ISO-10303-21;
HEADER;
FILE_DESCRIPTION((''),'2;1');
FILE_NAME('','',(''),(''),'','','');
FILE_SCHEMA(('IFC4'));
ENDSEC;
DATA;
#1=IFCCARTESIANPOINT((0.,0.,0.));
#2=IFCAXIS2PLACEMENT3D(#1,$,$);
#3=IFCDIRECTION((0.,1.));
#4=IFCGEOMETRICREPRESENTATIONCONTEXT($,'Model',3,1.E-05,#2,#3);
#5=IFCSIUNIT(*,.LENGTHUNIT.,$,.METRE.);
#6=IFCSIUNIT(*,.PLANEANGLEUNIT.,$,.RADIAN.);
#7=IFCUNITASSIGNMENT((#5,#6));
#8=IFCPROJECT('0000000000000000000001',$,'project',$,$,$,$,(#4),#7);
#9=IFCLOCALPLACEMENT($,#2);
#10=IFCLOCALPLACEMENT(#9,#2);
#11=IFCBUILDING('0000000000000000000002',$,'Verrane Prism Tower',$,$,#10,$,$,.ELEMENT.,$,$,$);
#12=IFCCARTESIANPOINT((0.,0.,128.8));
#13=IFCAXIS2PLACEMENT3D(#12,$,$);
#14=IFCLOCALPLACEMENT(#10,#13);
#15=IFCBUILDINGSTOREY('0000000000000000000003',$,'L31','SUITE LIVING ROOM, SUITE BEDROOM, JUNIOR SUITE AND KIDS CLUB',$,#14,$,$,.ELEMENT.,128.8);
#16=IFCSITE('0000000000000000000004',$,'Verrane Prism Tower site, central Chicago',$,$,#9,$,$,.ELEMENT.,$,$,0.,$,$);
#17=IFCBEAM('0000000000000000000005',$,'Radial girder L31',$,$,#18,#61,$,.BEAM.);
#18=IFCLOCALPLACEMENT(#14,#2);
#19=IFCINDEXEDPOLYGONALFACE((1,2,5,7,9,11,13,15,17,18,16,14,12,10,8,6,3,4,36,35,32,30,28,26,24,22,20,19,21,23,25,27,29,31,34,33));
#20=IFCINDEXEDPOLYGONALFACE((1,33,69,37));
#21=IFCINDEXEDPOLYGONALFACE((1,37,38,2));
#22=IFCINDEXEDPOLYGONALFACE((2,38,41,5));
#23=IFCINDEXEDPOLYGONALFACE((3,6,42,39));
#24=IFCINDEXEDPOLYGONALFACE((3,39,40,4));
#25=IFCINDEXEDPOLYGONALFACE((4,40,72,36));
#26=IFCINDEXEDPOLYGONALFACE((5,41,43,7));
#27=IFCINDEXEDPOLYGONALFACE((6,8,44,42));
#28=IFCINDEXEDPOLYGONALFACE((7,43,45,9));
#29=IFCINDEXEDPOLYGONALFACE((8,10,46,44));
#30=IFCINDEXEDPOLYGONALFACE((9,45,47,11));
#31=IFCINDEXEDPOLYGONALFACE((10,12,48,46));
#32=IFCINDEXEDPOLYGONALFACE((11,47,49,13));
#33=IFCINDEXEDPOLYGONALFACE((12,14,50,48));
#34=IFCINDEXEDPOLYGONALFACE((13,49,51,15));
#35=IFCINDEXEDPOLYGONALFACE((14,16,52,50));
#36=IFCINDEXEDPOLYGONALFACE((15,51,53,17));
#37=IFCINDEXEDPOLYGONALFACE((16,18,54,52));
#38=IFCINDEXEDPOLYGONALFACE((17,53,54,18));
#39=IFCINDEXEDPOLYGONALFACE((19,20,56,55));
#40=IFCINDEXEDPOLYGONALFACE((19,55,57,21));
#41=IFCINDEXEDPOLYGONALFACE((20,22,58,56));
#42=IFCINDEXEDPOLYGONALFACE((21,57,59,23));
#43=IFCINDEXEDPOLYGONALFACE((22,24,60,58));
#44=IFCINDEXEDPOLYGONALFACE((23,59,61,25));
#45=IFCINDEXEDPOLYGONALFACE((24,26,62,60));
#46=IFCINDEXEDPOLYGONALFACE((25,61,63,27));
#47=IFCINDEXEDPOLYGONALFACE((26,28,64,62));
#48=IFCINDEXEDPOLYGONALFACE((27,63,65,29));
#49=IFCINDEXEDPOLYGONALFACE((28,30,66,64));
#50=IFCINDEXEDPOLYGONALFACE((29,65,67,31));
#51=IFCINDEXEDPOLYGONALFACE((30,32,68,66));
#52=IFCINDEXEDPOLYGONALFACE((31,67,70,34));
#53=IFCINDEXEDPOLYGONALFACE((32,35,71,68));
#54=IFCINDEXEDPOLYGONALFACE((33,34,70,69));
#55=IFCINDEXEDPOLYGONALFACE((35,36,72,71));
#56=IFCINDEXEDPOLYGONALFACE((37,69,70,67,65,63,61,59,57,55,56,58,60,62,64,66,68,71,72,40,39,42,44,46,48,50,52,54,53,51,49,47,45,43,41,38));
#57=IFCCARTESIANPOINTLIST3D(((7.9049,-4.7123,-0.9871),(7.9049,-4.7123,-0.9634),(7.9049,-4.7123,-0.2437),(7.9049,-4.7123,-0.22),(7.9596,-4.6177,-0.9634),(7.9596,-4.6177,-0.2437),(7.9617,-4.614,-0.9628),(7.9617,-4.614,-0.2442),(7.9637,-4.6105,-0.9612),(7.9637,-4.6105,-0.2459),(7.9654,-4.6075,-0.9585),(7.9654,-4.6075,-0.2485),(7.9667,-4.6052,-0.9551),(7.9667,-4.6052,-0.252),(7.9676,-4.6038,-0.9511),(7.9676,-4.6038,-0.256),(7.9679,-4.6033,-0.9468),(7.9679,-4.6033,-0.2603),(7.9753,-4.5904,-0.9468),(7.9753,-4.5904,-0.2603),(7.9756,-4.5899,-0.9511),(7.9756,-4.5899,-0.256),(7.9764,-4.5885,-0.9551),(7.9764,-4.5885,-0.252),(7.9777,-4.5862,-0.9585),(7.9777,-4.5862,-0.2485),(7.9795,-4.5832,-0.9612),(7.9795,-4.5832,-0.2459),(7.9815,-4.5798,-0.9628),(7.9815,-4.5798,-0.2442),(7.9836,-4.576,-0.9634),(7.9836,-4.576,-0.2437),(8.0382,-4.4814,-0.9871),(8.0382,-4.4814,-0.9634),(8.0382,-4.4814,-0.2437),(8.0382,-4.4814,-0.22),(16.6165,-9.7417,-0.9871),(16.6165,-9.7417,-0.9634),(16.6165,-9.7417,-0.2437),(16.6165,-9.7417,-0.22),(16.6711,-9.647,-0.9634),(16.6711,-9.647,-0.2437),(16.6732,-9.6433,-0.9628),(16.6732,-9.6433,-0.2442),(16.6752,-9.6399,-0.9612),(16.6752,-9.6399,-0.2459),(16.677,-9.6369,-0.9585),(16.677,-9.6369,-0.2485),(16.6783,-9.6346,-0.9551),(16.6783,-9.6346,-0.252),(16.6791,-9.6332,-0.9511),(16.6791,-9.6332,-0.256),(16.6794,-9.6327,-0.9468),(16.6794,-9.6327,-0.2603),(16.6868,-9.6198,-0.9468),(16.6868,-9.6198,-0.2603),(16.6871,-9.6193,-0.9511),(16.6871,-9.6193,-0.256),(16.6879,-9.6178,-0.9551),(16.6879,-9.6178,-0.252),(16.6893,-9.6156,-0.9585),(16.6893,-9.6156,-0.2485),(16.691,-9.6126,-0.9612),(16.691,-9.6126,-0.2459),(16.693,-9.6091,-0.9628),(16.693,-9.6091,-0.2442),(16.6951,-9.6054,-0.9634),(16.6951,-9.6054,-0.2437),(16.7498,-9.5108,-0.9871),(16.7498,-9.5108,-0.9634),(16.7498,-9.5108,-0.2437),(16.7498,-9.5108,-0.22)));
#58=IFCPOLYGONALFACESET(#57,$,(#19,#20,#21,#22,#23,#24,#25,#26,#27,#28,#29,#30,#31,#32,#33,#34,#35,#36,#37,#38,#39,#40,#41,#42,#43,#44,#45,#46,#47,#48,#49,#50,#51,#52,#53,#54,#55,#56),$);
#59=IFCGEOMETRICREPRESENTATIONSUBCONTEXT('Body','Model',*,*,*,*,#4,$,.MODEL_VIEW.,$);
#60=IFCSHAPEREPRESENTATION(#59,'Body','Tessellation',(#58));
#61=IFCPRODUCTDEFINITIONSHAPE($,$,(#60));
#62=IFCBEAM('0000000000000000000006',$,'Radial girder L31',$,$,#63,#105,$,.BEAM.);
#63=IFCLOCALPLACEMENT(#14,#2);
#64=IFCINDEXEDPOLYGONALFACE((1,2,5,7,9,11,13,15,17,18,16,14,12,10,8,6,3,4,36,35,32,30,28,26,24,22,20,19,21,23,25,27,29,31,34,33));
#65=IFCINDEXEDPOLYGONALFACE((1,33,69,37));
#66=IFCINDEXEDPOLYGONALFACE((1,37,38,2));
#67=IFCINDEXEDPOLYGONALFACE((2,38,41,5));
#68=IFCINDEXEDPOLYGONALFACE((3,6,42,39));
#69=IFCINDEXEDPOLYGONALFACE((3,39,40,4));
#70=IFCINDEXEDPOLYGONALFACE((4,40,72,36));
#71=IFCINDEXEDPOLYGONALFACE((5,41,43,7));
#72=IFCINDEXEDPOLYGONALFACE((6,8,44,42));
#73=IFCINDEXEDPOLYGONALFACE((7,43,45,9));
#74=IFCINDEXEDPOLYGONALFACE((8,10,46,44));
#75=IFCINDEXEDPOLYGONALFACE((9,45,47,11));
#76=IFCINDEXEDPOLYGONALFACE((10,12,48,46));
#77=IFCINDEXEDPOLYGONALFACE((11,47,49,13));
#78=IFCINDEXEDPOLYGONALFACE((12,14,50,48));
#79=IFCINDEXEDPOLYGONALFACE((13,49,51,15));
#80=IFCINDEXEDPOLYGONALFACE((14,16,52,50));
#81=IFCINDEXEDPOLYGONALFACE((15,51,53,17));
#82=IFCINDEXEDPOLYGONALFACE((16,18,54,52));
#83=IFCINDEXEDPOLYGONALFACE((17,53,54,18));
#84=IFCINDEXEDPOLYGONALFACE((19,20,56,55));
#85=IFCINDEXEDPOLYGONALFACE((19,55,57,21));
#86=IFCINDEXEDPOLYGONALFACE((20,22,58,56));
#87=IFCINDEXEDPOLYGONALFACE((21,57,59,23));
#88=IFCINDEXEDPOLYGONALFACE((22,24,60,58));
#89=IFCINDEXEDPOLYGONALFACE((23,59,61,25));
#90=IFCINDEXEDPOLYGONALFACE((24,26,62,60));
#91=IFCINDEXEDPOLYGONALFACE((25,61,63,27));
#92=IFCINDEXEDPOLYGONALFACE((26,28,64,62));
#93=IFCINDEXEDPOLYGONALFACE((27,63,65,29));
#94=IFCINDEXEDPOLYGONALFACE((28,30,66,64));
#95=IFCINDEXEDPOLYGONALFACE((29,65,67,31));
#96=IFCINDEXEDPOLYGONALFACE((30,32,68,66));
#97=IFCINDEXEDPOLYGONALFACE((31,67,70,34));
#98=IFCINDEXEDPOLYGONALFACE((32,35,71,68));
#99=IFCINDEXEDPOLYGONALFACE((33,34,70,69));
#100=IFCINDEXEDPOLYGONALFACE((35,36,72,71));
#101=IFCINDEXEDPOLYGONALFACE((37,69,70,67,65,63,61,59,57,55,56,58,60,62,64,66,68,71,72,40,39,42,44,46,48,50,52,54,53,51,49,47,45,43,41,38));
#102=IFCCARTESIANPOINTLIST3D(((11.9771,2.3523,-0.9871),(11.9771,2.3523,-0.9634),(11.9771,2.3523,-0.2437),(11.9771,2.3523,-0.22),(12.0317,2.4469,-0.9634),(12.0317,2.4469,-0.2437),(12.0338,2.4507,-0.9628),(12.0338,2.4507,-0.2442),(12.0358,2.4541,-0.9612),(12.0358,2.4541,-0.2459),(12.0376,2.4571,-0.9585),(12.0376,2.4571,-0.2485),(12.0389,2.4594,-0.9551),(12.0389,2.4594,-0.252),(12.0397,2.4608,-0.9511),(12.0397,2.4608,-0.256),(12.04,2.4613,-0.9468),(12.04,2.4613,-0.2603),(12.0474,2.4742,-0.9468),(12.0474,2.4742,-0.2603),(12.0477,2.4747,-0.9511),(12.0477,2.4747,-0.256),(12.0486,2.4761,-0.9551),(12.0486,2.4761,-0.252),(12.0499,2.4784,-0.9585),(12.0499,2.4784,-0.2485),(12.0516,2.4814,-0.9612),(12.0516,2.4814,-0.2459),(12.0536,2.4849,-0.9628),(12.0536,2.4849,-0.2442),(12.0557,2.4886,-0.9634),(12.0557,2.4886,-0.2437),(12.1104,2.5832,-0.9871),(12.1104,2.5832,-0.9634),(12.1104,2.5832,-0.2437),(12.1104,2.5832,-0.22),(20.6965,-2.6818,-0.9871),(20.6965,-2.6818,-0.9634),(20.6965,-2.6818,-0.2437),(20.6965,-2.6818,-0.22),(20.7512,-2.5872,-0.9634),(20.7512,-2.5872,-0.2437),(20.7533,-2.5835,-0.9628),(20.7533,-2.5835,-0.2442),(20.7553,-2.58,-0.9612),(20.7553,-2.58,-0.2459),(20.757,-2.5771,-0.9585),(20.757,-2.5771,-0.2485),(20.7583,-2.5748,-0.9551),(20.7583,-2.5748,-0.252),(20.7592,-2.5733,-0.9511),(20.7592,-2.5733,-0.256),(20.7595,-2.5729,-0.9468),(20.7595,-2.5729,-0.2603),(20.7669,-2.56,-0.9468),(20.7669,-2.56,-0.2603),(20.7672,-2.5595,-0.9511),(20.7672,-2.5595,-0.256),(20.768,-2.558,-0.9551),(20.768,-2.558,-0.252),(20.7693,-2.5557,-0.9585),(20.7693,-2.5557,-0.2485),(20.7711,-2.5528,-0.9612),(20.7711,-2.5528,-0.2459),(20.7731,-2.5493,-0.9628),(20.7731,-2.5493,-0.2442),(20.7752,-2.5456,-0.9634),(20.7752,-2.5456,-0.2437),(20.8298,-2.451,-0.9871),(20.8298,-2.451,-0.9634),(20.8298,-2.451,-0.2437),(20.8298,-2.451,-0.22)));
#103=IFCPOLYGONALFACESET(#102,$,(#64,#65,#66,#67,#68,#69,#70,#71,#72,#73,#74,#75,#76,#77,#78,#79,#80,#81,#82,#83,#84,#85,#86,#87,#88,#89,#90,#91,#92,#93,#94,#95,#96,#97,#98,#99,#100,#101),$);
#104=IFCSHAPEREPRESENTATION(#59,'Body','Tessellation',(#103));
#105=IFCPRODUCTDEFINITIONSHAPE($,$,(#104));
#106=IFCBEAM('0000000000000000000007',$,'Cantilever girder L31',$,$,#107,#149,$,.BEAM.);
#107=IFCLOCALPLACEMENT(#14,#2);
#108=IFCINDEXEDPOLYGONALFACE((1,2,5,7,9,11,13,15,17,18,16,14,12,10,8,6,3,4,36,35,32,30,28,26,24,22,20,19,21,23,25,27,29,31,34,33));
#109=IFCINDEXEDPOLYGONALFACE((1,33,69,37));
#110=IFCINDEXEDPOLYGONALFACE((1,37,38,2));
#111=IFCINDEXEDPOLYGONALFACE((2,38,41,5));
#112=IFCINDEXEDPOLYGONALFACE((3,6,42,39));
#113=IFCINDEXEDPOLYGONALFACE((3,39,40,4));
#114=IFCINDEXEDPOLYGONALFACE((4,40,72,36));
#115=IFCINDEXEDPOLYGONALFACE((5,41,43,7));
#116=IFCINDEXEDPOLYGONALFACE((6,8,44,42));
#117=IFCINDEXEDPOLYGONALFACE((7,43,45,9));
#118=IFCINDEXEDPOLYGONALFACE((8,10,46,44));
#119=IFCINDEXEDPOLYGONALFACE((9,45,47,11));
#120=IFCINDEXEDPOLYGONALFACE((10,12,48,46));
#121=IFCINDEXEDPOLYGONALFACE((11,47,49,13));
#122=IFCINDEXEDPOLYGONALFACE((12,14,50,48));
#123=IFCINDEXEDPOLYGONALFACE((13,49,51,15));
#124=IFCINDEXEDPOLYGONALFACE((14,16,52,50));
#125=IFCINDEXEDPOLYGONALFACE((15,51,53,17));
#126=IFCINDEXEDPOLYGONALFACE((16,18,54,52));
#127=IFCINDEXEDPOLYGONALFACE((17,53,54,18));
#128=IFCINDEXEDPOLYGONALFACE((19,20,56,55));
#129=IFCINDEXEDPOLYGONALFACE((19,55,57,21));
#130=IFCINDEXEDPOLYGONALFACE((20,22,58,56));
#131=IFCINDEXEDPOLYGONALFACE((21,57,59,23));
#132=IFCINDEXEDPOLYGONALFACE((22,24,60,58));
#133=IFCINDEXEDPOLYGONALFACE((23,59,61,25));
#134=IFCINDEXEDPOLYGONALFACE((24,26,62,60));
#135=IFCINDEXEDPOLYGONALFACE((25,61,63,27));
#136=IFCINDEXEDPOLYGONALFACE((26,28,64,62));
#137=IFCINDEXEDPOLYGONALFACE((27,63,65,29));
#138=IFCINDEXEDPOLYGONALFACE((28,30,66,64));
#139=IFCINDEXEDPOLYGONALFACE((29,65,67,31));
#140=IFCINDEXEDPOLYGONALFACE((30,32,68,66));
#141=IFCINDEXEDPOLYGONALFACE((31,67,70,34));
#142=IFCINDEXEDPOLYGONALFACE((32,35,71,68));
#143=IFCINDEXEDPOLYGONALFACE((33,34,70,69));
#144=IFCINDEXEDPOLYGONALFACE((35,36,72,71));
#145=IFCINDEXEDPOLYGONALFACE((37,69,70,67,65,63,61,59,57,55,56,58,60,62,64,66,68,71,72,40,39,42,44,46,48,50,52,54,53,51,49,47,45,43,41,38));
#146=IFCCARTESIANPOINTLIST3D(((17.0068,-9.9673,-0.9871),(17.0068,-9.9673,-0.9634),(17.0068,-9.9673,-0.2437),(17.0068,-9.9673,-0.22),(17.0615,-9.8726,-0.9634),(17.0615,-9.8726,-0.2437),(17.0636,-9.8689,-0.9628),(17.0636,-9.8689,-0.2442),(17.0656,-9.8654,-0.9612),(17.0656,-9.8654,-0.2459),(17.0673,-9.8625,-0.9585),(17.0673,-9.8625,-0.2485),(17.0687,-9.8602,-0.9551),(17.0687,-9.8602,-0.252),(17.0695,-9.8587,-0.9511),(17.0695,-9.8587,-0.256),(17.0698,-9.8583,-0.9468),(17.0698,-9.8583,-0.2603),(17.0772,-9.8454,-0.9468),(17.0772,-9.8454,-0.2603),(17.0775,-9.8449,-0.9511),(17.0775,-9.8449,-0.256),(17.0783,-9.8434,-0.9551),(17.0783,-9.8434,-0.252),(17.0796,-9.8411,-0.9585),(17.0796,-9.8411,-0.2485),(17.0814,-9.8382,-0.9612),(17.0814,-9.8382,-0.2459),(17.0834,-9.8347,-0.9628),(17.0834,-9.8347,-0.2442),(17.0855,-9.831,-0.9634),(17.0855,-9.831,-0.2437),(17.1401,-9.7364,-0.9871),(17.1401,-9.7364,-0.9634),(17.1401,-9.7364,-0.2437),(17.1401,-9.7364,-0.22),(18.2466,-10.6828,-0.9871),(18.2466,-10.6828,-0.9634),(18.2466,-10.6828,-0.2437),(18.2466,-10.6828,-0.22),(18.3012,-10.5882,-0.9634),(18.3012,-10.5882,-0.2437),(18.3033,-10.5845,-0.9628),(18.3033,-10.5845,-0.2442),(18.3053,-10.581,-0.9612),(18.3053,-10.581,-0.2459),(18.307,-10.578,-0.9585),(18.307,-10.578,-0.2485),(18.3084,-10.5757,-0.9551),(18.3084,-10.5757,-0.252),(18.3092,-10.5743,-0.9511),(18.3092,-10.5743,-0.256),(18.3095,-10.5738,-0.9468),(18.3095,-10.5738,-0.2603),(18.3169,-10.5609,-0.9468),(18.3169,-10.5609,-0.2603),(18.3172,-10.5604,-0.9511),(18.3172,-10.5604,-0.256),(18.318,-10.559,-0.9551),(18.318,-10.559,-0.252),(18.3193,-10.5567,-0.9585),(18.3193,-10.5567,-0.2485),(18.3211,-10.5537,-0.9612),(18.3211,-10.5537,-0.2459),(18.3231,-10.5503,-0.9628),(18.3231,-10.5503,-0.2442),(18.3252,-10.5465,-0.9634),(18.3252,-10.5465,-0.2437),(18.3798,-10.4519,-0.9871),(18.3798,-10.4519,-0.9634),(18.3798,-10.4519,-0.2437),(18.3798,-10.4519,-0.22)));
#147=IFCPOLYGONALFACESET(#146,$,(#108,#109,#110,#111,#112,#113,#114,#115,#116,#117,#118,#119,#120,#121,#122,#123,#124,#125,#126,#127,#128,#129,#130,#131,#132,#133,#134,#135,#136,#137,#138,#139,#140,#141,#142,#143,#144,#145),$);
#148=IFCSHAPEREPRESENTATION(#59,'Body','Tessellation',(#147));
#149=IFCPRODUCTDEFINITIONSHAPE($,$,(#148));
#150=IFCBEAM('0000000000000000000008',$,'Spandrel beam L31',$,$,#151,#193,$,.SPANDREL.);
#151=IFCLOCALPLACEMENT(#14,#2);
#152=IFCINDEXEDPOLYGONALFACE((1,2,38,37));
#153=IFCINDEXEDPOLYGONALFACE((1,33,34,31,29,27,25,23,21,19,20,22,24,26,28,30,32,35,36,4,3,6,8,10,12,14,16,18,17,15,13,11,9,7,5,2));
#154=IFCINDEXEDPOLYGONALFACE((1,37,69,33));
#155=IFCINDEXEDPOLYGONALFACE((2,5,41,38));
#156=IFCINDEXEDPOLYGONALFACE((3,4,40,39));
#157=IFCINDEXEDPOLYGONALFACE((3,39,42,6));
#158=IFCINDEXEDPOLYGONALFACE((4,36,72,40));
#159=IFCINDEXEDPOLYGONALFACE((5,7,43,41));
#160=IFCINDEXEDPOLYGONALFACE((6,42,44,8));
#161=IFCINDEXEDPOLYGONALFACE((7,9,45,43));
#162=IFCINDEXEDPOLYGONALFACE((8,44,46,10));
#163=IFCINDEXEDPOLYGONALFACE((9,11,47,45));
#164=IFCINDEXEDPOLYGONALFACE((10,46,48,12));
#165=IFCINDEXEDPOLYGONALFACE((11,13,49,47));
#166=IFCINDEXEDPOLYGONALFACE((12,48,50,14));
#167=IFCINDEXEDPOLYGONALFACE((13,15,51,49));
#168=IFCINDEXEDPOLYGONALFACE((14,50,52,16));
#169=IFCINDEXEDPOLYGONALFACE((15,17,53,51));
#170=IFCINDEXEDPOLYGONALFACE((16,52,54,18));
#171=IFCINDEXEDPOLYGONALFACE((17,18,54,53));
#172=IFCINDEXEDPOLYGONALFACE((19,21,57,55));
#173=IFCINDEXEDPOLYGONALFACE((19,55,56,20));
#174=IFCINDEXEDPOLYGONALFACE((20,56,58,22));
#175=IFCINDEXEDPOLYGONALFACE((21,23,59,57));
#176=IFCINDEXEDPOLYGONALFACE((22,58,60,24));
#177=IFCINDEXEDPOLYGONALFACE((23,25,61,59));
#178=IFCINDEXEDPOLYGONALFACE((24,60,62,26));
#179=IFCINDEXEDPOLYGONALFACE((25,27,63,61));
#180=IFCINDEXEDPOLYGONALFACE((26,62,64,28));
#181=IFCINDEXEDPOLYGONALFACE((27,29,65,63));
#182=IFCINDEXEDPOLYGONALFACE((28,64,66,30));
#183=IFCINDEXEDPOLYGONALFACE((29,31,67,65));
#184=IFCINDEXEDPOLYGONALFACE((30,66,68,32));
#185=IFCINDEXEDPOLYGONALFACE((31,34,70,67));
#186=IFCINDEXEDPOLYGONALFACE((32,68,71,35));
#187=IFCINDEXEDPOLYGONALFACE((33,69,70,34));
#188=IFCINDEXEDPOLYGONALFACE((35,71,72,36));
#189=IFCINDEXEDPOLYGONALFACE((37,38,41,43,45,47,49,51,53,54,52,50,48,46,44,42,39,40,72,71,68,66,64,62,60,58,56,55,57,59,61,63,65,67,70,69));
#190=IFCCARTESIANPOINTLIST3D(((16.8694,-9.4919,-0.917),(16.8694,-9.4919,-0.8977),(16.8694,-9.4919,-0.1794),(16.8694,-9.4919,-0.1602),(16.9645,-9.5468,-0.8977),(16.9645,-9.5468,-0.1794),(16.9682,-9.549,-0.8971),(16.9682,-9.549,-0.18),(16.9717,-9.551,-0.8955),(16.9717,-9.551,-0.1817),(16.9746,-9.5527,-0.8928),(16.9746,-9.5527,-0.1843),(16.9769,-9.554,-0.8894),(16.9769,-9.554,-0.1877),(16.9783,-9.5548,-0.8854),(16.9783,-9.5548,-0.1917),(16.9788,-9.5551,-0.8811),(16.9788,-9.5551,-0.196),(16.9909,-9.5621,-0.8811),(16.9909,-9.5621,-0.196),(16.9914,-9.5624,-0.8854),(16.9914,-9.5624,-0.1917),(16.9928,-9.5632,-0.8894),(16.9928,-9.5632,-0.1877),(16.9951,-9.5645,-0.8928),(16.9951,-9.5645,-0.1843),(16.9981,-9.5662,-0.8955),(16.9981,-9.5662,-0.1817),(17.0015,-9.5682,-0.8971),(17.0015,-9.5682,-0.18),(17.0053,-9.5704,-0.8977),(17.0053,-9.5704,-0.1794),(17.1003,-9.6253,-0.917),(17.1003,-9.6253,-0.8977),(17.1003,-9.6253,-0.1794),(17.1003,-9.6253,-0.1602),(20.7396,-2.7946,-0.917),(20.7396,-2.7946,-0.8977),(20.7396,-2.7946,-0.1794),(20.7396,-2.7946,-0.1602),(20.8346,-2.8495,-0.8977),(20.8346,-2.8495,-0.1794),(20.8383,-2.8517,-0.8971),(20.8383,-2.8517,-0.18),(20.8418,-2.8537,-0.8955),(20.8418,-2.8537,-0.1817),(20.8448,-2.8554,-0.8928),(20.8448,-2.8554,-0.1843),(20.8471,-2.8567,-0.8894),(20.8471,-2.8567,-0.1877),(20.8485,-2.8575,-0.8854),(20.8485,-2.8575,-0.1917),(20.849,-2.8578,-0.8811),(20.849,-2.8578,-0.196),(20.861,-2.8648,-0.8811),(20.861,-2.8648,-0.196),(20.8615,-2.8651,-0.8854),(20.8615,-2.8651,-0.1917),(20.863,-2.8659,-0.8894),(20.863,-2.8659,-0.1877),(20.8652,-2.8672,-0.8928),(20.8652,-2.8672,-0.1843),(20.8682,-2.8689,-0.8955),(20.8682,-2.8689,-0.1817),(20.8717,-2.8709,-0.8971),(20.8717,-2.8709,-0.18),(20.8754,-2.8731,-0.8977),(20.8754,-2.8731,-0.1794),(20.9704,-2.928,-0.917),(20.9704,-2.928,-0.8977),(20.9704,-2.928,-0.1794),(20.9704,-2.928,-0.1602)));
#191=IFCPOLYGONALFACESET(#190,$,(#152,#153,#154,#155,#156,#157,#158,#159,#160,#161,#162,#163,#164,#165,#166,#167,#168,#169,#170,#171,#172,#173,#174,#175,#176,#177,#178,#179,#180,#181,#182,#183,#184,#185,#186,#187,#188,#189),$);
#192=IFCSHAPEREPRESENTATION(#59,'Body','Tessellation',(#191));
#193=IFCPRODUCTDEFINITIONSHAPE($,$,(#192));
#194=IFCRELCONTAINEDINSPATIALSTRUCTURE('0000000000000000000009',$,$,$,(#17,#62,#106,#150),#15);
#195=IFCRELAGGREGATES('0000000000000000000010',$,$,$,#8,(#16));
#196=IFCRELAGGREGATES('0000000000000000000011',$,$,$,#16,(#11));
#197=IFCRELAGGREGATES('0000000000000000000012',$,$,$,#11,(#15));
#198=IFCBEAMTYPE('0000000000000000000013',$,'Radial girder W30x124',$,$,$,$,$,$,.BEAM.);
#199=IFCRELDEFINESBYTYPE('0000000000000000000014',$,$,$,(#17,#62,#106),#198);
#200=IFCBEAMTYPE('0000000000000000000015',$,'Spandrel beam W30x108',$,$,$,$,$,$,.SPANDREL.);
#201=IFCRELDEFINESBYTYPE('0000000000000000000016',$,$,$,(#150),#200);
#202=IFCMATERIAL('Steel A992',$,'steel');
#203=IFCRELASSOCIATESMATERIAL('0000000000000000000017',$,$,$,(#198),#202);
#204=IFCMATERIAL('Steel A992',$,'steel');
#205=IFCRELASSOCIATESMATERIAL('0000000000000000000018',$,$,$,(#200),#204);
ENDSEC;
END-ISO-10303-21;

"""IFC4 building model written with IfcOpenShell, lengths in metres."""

from ifc_helpers import new_model, si_unit, direction, frame, origin, origin_2d, place, context, subcontext, project, spatial, i_section, extrude, material, material_profile, profile_set, type_object, element, save


model = new_model("IFC4")

# Units and contexts
model_context = context("Model", 3, precision=1e-05, world=origin(), true_north=direction((0.0, 1.0)))
body_context = subcontext(model_context, "Body", "Model", "MODEL_VIEW")
ifc_project = project(units=[si_unit("LENGTHUNIT", "METRE"), si_unit("PLANEANGLEUNIT", "RADIAN")], contexts=[model_context])

# Site, building, storey
site_placement = place(None, origin())
site = spatial("IfcSite", under=ifc_project, at=site_placement, Name="Verrane Prism Tower site, central Chicago", CompositionType="ELEMENT", RefElevation=0.0)
building_placement = place(site_placement, origin())
building = spatial("IfcBuilding", under=site, at=building_placement, Name="Verrane Prism Tower", CompositionType="ELEMENT")
storey_placement = place(building_placement, frame((0.0, 0.0, 128.8)))
storey = spatial("IfcBuildingStorey", under=building, at=storey_placement, Name="L31", Description="SUITE LIVING ROOM, SUITE BEDROOM, JUNIOR SUITE AND KIDS CLUB", CompositionType="ELEMENT", Elevation=128.8)

# Beams
ifc_material_1 = material(Name="Steel A992", Category="steel")
ifc_material_profile_1 = material_profile(ifc_material_1, i_section(OverallWidth=0.2666, OverallDepth=0.7671, WebThickness=0.0149, FlangeThickness=0.0237, FilletRadius=0.0166, at=origin_2d()), Name="W30x124")
ifc_profile_set_1 = profile_set([ifc_material_profile_1], Name="Steel A992")
beam_type_1 = type_object("IfcBeamType", Name="Radial girder W30x124", PredefinedType="BEAM", material=ifc_profile_set_1)
beam_1_placement = place(storey_placement, frame((16.6831, -9.6262, -0.6035), z_axis=(-0.866036, 0.499982, 0.0), x_axis=(-0.499982, -0.866036, 0.0)))
element("IfcBeam", 1, at=beam_1_placement, inside=storey, type_object=beam_type_1, Name="Radial girder L31", PredefinedType="BEAM", context=body_context, shape_type="SweptSolid", body=[
    extrude(i_section(OverallWidth=0.2666, OverallDepth=0.7671, WebThickness=0.0149, FlangeThickness=0.0237, FilletRadius=0.0166, at=origin_2d()), origin(), (0.0, 0.0, 1.0), 10.0591),
])
beam_2_placement = place(storey_placement, frame((20.7632, -2.5664, -0.6035), z_axis=(-0.866026, 0.499999, 0.0), x_axis=(-0.499999, -0.866026, 0.0)))
element("IfcBeam", 2, at=beam_2_placement, inside=storey, type_object=beam_type_1, Name="Radial girder L31", PredefinedType="BEAM", context=body_context, shape_type="SweptSolid", body=[
    extrude(i_section(OverallWidth=0.2666, OverallDepth=0.7671, WebThickness=0.0149, FlangeThickness=0.0237, FilletRadius=0.0166, at=origin_2d()), origin(), (0.0, 0.0, 1.0), 10.0684),
])
beam_3_placement = place(storey_placement, frame((17.0735, -9.8518, -0.6035), z_axis=(0.866083, -0.4999, 0.0), x_axis=(0.4999, 0.866083, 0.0)))
element("IfcBeam", 3, at=beam_3_placement, inside=storey, type_object=beam_type_1, Name="Cantilever girder L31", PredefinedType="BEAM", context=body_context, shape_type="SweptSolid", body=[
    extrude(i_section(OverallWidth=0.2666, OverallDepth=0.7671, WebThickness=0.0149, FlangeThickness=0.0237, FilletRadius=0.0166, at=origin_2d()), origin(), (0.0, 0.0, 1.0), 1.4314),
])
ifc_material_2 = material(Name="Steel A992", Category="steel")
ifc_material_profile_2 = material_profile(ifc_material_2, i_section(OverallWidth=0.2666, OverallDepth=0.7568, WebThickness=0.0139, FlangeThickness=0.0193, FilletRadius=0.0166, at=origin_2d()), Name="W30x108")
ifc_profile_set_2 = profile_set([ifc_material_profile_2], Name="Steel A992")
beam_type_2 = type_object("IfcBeamType", Name="Spandrel beam W30x108", PredefinedType="SPANDREL", material=ifc_profile_set_2)
beam_4_placement = place(storey_placement, frame((16.9849, -9.5586, -0.5386), z_axis=(0.500334, 0.865832, 0.0), x_axis=(-0.865832, 0.500334, 0.0)))
element("IfcBeam", 4, at=beam_4_placement, inside=storey, type_object=beam_type_2, Name="Spandrel beam L31", PredefinedType="SPANDREL", context=body_context, shape_type="SweptSolid", body=[
    extrude(i_section(OverallWidth=0.2666, OverallDepth=0.7568, WebThickness=0.0139, FlangeThickness=0.0193, FilletRadius=0.0166, at=origin_2d()), origin(), (0.0, 0.0, 1.0), 7.7351),
])

save(model, "model.ifc")
